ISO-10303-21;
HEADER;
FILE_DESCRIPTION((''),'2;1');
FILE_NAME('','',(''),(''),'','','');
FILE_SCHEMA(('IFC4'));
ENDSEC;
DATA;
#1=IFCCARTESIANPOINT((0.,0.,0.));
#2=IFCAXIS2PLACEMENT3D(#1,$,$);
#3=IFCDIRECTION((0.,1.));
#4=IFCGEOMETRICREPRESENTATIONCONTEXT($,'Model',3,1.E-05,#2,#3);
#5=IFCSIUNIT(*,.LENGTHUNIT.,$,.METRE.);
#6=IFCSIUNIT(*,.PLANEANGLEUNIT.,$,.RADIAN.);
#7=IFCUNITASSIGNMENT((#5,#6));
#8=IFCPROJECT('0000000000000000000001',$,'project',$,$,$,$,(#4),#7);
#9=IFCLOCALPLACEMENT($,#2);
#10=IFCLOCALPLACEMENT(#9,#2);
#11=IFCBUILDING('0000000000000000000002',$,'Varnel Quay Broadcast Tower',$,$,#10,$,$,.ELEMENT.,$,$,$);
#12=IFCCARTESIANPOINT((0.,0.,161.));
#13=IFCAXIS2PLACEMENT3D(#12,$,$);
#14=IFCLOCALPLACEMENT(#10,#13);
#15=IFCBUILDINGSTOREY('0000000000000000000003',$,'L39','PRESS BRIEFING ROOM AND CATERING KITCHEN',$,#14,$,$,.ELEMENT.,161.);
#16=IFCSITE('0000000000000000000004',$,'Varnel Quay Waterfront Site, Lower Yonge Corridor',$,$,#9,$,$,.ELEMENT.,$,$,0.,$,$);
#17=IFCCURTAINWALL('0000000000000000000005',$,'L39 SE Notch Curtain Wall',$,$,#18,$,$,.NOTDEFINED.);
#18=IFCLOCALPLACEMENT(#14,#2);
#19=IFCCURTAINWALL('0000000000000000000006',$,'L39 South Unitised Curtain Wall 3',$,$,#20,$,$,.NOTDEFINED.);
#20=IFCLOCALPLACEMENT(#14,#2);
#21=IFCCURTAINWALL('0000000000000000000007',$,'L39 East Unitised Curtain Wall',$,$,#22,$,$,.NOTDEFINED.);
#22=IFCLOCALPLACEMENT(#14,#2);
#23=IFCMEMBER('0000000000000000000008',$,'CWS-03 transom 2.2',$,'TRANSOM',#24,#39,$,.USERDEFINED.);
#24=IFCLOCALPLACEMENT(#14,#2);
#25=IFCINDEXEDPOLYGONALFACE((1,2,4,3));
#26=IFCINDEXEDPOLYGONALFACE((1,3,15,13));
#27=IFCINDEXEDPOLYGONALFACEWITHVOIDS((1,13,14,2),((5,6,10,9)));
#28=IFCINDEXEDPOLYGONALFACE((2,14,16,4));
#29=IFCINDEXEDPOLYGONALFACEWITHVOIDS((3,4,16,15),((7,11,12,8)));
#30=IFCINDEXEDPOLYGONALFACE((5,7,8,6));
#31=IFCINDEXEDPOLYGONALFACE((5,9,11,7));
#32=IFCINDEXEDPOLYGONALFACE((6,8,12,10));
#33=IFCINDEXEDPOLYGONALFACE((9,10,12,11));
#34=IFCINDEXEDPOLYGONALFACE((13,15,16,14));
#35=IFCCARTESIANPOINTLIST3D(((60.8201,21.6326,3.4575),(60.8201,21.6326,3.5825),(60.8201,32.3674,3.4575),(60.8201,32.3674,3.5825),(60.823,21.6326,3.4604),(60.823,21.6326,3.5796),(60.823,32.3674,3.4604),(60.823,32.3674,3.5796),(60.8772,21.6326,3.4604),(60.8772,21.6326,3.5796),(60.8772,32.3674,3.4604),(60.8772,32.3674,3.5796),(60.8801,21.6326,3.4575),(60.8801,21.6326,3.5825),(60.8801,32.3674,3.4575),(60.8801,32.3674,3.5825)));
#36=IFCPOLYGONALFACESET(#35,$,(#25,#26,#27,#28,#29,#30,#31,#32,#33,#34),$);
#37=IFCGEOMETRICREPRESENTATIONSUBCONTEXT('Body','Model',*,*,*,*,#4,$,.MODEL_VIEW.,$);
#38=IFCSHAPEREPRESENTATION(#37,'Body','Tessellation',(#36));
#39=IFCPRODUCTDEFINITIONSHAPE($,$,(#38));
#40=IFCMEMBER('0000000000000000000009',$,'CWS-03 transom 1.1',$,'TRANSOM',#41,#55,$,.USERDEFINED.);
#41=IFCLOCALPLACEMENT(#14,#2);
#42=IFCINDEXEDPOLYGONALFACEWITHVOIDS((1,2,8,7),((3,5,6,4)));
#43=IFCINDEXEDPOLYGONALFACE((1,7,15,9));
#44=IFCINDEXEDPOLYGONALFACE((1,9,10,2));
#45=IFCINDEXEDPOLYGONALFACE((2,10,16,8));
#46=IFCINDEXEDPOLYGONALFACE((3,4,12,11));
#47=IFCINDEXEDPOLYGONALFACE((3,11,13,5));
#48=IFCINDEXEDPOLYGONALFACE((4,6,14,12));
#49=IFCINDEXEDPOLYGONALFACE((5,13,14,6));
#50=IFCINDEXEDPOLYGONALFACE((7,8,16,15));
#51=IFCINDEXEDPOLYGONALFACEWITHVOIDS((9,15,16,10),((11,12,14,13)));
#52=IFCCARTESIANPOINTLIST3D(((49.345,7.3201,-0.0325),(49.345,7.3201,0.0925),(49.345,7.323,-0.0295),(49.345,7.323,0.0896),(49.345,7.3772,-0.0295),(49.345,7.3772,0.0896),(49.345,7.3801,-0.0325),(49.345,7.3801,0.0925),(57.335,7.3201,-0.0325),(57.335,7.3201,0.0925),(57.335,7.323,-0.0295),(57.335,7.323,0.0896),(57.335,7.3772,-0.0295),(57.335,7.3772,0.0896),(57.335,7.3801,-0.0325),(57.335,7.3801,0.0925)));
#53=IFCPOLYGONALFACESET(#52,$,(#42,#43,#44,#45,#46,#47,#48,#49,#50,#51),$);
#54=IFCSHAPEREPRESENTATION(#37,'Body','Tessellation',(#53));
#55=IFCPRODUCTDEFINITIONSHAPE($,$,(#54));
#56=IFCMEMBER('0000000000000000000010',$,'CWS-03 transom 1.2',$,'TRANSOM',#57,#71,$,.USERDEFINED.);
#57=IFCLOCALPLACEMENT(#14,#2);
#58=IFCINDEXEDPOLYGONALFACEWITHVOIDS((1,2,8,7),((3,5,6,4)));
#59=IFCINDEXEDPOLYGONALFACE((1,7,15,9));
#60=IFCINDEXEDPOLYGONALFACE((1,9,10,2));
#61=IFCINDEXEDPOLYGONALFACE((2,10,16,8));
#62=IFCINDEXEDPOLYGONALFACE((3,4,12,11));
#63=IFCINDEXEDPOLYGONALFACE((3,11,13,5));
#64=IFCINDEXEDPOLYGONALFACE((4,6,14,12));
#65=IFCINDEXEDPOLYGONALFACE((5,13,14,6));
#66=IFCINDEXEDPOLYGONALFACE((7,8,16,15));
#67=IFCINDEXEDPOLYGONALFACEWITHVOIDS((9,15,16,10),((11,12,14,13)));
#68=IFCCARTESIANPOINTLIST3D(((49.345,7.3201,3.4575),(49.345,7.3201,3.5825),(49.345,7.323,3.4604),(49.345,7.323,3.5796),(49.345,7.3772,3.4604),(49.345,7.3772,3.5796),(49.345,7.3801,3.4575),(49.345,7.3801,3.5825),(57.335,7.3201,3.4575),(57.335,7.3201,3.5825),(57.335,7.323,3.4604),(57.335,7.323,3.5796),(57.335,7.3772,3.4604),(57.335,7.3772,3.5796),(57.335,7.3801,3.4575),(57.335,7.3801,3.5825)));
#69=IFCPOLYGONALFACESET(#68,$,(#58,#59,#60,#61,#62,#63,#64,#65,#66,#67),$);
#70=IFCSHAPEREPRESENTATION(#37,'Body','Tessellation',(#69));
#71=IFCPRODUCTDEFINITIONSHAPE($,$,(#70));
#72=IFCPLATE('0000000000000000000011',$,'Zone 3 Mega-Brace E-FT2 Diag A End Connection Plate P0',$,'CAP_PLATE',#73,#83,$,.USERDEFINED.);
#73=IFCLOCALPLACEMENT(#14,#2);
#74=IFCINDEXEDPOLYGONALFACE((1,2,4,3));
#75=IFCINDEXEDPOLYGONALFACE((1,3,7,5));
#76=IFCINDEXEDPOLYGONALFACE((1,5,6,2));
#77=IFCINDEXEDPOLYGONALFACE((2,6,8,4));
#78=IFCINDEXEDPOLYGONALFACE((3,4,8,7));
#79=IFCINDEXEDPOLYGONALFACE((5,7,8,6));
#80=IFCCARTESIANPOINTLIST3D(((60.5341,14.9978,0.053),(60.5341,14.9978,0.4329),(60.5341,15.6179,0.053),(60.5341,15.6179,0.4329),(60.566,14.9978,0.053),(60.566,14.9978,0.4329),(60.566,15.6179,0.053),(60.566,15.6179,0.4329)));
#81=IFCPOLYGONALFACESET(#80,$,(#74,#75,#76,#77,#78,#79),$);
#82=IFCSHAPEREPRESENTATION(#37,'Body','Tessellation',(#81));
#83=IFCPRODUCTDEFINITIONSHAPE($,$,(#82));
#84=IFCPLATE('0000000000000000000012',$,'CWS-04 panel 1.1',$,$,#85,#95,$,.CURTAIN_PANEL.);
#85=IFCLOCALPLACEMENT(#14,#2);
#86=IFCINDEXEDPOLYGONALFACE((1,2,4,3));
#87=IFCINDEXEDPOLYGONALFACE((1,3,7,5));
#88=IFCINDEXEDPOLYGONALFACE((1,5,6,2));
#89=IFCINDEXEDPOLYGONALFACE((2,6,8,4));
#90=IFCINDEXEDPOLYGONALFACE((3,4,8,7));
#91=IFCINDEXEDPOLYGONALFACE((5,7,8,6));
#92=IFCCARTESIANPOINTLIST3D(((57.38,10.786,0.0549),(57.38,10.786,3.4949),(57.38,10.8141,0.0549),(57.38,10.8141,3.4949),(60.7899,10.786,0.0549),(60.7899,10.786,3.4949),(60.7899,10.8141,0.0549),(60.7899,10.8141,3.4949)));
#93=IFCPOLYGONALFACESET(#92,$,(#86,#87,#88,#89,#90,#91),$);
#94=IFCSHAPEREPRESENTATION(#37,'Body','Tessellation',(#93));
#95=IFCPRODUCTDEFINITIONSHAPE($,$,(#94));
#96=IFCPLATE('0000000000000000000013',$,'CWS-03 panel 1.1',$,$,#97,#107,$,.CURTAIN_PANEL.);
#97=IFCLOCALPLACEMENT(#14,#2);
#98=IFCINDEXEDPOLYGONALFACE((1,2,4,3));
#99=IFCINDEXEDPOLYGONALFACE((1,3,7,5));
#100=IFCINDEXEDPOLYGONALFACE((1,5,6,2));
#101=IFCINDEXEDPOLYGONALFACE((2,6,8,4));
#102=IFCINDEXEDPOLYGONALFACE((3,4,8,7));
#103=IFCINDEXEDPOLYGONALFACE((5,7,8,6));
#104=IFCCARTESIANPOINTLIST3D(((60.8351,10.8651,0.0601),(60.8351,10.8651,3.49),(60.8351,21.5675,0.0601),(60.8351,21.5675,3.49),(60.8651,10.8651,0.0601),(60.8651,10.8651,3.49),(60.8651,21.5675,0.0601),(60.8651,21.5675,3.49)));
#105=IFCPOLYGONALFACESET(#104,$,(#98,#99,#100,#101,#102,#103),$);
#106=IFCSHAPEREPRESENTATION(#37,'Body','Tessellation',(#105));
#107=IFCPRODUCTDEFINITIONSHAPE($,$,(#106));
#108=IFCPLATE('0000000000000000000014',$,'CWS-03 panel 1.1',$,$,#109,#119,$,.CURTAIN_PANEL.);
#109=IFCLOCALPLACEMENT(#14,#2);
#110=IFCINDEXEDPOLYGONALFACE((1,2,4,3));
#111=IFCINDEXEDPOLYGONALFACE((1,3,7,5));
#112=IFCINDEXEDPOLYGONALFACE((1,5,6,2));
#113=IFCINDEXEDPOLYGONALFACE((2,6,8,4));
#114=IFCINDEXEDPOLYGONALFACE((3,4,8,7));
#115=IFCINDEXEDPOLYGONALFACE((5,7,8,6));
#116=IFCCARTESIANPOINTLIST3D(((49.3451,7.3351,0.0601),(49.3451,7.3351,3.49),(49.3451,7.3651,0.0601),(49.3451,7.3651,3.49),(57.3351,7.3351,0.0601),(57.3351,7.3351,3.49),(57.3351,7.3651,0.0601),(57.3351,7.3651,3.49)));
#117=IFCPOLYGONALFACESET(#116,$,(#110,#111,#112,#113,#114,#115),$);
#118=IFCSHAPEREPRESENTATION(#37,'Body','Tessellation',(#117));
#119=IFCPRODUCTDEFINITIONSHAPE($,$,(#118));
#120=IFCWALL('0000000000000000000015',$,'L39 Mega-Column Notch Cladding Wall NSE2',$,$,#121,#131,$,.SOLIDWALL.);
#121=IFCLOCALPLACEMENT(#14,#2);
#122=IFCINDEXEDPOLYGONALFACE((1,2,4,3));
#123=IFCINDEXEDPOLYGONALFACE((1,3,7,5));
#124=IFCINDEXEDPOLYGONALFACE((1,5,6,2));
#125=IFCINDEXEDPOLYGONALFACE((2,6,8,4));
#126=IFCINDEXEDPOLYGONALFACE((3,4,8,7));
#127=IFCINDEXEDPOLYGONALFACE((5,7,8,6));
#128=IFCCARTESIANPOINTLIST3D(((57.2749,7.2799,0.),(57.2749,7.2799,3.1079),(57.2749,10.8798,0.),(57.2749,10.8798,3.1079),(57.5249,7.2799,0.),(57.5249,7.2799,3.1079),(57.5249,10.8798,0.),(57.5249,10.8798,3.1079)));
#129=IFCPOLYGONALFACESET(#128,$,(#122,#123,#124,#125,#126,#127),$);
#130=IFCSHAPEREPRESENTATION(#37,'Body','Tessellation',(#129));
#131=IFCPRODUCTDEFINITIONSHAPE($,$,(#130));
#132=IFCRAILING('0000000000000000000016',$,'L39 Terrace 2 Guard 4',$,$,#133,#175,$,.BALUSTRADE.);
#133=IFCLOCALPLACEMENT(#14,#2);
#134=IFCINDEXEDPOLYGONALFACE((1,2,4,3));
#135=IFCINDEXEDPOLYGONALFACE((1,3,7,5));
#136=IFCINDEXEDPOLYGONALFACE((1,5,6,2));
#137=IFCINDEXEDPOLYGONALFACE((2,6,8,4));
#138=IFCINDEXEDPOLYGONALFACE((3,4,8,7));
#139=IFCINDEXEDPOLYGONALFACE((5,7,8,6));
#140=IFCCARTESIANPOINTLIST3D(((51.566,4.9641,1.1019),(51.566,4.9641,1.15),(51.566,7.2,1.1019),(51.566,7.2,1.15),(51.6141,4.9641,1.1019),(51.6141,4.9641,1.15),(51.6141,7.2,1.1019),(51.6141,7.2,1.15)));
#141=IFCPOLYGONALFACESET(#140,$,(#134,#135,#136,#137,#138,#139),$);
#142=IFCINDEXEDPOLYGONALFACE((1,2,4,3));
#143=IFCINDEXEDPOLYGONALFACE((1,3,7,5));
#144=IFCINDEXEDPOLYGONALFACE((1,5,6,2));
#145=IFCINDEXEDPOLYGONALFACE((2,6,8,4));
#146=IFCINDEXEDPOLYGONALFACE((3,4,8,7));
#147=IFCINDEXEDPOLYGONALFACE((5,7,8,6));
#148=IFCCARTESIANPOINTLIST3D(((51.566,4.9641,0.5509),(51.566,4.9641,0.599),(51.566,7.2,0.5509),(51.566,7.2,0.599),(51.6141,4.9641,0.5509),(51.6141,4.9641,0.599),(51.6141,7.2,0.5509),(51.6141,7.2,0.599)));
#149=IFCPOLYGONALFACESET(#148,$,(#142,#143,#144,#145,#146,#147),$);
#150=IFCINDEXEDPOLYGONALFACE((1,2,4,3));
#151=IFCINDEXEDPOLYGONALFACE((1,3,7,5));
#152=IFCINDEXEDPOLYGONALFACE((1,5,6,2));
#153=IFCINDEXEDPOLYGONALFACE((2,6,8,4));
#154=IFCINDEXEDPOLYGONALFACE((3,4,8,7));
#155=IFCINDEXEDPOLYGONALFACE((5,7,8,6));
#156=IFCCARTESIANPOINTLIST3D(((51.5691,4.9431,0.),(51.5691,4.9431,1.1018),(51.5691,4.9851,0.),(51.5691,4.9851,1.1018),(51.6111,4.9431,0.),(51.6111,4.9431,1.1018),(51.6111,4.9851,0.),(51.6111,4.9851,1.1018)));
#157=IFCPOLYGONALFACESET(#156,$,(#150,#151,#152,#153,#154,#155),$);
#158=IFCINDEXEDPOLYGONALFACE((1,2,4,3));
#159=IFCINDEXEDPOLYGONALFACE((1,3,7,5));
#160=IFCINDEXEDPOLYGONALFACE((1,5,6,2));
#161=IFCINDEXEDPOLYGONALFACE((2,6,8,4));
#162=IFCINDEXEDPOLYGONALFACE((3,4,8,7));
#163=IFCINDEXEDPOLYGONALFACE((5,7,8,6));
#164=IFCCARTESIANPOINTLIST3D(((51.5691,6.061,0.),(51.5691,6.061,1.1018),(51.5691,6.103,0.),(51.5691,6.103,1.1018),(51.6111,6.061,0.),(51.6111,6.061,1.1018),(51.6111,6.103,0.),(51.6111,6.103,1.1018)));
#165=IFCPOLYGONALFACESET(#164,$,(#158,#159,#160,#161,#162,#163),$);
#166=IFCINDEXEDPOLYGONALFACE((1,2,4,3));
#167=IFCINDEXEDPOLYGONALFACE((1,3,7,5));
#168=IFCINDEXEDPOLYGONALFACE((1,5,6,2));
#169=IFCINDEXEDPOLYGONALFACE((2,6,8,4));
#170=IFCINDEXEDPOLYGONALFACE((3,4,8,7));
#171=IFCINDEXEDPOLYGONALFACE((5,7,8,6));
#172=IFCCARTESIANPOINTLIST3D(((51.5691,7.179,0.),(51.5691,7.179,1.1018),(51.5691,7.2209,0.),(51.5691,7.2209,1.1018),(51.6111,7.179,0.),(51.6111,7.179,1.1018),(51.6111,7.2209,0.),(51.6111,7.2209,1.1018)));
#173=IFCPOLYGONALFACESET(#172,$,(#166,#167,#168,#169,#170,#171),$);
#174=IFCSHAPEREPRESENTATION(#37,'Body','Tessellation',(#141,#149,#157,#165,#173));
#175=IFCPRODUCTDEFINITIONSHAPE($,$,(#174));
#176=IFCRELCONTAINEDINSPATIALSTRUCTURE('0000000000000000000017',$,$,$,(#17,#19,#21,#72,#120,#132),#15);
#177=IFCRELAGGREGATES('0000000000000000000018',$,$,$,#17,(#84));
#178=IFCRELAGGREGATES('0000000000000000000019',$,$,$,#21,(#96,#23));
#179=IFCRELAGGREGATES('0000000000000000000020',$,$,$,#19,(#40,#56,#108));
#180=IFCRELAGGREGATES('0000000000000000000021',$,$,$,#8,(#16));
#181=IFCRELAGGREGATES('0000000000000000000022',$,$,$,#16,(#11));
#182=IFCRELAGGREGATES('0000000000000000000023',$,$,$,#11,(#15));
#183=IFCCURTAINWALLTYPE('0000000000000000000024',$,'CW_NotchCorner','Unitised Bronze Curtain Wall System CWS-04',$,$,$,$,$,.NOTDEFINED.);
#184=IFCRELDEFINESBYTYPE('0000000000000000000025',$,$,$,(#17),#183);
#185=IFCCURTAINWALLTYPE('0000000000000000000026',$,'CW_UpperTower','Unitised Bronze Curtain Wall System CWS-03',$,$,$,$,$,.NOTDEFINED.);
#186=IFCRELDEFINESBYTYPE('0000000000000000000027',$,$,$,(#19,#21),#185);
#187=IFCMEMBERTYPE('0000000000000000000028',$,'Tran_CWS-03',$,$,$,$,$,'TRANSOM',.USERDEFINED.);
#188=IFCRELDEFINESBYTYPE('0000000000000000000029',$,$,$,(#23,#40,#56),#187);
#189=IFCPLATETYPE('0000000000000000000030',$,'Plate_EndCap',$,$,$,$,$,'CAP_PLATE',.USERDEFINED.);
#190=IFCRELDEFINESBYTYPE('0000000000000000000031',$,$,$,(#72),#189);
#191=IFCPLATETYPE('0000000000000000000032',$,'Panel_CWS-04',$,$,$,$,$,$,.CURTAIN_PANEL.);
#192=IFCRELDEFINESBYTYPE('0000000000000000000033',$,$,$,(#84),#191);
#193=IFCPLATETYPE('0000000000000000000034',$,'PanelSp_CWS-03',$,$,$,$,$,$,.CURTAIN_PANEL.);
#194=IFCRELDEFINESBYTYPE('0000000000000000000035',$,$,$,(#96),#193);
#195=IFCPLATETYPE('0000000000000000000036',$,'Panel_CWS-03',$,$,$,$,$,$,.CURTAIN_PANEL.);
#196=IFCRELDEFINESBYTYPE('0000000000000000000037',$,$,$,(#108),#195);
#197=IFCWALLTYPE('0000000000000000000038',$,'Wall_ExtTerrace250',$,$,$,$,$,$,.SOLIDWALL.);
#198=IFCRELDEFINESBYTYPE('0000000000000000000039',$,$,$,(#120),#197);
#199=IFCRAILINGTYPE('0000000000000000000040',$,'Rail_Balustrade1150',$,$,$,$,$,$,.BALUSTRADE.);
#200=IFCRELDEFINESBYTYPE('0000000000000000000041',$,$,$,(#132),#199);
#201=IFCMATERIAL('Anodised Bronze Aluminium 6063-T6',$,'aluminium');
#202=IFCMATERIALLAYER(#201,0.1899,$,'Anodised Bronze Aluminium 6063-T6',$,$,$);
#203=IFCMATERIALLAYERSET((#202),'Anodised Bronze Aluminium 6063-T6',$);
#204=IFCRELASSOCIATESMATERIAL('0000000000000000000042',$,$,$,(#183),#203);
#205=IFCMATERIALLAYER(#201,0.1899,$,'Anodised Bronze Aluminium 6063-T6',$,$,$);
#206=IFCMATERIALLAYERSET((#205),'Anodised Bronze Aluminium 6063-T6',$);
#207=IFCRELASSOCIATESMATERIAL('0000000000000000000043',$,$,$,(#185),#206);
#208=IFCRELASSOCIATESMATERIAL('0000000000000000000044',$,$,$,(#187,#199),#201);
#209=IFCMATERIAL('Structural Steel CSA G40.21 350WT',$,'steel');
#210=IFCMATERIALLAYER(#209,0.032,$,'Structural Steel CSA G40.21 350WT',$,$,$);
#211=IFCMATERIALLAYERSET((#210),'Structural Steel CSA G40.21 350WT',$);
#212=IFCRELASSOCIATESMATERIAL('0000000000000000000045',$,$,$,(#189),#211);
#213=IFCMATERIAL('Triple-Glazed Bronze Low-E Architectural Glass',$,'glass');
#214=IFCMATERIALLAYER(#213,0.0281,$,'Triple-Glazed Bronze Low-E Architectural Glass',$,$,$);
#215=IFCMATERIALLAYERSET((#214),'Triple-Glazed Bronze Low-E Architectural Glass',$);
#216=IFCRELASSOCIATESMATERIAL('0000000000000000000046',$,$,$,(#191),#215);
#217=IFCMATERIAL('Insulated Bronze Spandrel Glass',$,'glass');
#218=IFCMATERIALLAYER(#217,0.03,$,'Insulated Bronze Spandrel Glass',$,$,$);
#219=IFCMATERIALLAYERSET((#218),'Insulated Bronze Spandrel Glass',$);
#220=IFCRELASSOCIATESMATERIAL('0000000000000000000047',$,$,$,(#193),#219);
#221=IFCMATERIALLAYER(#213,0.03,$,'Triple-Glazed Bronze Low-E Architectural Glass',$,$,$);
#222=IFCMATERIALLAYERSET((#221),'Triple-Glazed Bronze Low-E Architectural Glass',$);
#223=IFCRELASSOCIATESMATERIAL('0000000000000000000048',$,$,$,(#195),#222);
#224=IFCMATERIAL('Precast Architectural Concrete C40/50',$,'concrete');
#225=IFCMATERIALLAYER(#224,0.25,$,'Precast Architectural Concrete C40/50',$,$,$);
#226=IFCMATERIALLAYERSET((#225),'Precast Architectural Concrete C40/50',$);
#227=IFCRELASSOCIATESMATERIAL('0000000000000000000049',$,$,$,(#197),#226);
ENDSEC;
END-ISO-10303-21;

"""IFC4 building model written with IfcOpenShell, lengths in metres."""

from ifc_helpers import new_model, si_unit, direction, frame, frame_2d, origin, origin_2d, place, context, subcontext, project, spatial, rectangle, hollow_rectangle, extrude, source, transform, mapped, material, layer, layer_set, material_profile, profile_set, type_object, type_shapes, element, aggregate, save


model = new_model("IFC4")

# Units and contexts
model_context = context("Model", 3, precision=1e-05, world=origin(), true_north=direction((0.0, 1.0)))
body_context = subcontext(model_context, "Body", "Model", "MODEL_VIEW")
ifc_project = project(units=[si_unit("LENGTHUNIT", "METRE"), si_unit("PLANEANGLEUNIT", "RADIAN")], contexts=[model_context])

# Site, building, storey
site_placement = place(None, origin())
site = spatial("IfcSite", under=ifc_project, at=site_placement, Name="Varnel Quay Waterfront Site, Lower Yonge Corridor", CompositionType="ELEMENT", RefElevation=0.0)
building_placement = place(site_placement, origin())
building = spatial("IfcBuilding", under=site, at=building_placement, Name="Varnel Quay Broadcast Tower", CompositionType="ELEMENT")
storey_placement = place(building_placement, frame((0.0, 0.0, 161.0)))
storey = spatial("IfcBuildingStorey", under=building, at=storey_placement, Name="L39", Description="PRESS BRIEFING ROOM AND CATERING KITCHEN", CompositionType="ELEMENT", Elevation=161.0)

# Shared definitions
ifc_material_1 = material(Name="Structural Steel CSA G40.21 350WT", Category="steel")

# Curtain walls, member
ifc_material_2 = material(Name="Anodised Bronze Aluminium 6063-T6", Category="aluminium")
ifc_layer_1 = layer(ifc_material_2, 0.1899, Name="Anodised Bronze Aluminium 6063-T6")
ifc_layer_set_1 = layer_set([ifc_layer_1], Name="Anodised Bronze Aluminium 6063-T6")
curtain_wall_type_1 = type_object("IfcCurtainWallType", Name="CW_NotchCorner", Description="Unitised Bronze Curtain Wall System CWS-04", PredefinedType="NOTDEFINED", material=ifc_layer_set_1)
curtain_wall_1_placement = place(storey_placement, origin())
curtain_wall_1 = element("IfcCurtainWall", 1, at=curtain_wall_1_placement, inside=storey, type_object=curtain_wall_type_1, Name="L39 SE Notch Curtain Wall", PredefinedType="NOTDEFINED")
ifc_layer_2 = layer(ifc_material_2, 0.1899, Name="Anodised Bronze Aluminium 6063-T6")
ifc_layer_set_2 = layer_set([ifc_layer_2], Name="Anodised Bronze Aluminium 6063-T6")
curtain_wall_type_2 = type_object("IfcCurtainWallType", Name="CW_UpperTower", Description="Unitised Bronze Curtain Wall System CWS-03", PredefinedType="NOTDEFINED", material=ifc_layer_set_2)
curtain_wall_2_placement = place(storey_placement, origin())
curtain_wall_2 = element("IfcCurtainWall", 2, at=curtain_wall_2_placement, inside=storey, type_object=curtain_wall_type_2, Name="L39 South Unitised Curtain Wall 3", PredefinedType="NOTDEFINED")
curtain_wall_3_placement = place(storey_placement, origin())
curtain_wall_3 = element("IfcCurtainWall", 3, at=curtain_wall_3_placement, inside=storey, type_object=curtain_wall_type_2, Name="L39 East Unitised Curtain Wall", PredefinedType="NOTDEFINED")
ifc_material_profile_1 = material_profile(ifc_material_2, hollow_rectangle(XDim=0.0601, YDim=0.125, WallThickness=0.0029, at=origin_2d()), Name="ALU60X125X3")
ifc_profile_set_1 = profile_set([ifc_material_profile_1], Name="Anodised Bronze Aluminium 6063-T6")
member_type_1 = type_object("IfcMemberType", Name="Tran_CWS-03", ElementType="TRANSOM", PredefinedType="USERDEFINED", material=ifc_profile_set_1)
shared_shape_1 = source(origin(), body_context, "Body", "SweptSolid", [
    extrude(hollow_rectangle(XDim=0.0601, YDim=0.125, WallThickness=0.0029, at=origin_2d()), origin(), (0.0, 0.0, 1.0), 10.7349),
])
member_1_placement = place(storey_placement, frame((60.8501, 21.6326, 3.52), z_axis=(0.0, 1.0, 0.0), x_axis=(-1.0, 0.0, 0.0)))
member_1 = element("IfcMember", 4, at=member_1_placement, type_object=member_type_1, Name="CWS-03 transom 2.2", ObjectType="TRANSOM", PredefinedType="USERDEFINED", context=body_context, shape_type="MappedRepresentation", body=[
    mapped(shared_shape_1, transform((0.0, 0.0, 0.0), x_axis=(1.0, 0.0, 0.0), y_axis=(0.0, 1.0, 0.0), z_axis=(0.0, 0.0, 1.0), scale=1.0)),
])

# Members
shared_shape_2 = source(origin(), body_context, "Body", "SweptSolid", [
    extrude(hollow_rectangle(XDim=0.0601, YDim=0.125, WallThickness=0.0029, at=origin_2d()), origin(), (0.0, 0.0, 1.0), 7.99),
])
member_2_placement = place(storey_placement, frame((49.345, 7.3501, 0.03), z_axis=(1.0, 0.0, 0.0), x_axis=(0.0, 1.0, 0.0)))
member_2 = element("IfcMember", 5, at=member_2_placement, type_object=member_type_1, Name="CWS-03 transom 1.1", ObjectType="TRANSOM", PredefinedType="USERDEFINED", context=body_context, shape_type="MappedRepresentation", body=[
    mapped(shared_shape_2, transform((0.0, 0.0, 0.0), x_axis=(1.0, 0.0, 0.0), y_axis=(0.0, 1.0, 0.0), z_axis=(0.0, 0.0, 1.0), scale=1.0)),
])
member_3_placement = place(storey_placement, frame((49.345, 7.3501, 3.52), z_axis=(1.0, 0.0, 0.0), x_axis=(0.0, 1.0, 0.0)))
member_3 = element("IfcMember", 6, at=member_3_placement, type_object=member_type_1, Name="CWS-03 transom 1.2", ObjectType="TRANSOM", PredefinedType="USERDEFINED", context=body_context, shape_type="MappedRepresentation", body=[
    mapped(shared_shape_2, transform((0.0, 0.0, 0.0), x_axis=(1.0, 0.0, 0.0), y_axis=(0.0, 1.0, 0.0), z_axis=(0.0, 0.0, 1.0), scale=1.0)),
])

# Plates
ifc_layer_3 = layer(ifc_material_1, 0.032, Name="Structural Steel CSA G40.21 350WT")
ifc_layer_set_3 = layer_set([ifc_layer_3], Name="Structural Steel CSA G40.21 350WT")
plate_type_1 = type_object("IfcPlateType", Name="Plate_EndCap", ElementType="CAP_PLATE", PredefinedType="USERDEFINED", material=ifc_layer_set_3)
shared_shape_3 = source(origin(), body_context, "Body", "SweptSolid", [
    extrude(rectangle(XDim=0.6201, YDim=0.032, at=origin_2d()), origin(), (0.0, 0.0, 1.0), 0.3799),
])
type_shapes(plate_type_1, [shared_shape_3])
plate_1_placement = place(storey_placement, frame((60.55, 15.3079, 0.053), z_axis=(0.0, 0.0, 1.0), x_axis=(0.0, 1.0, 0.0)))
element("IfcPlate", 7, at=plate_1_placement, inside=storey, type_object=plate_type_1, Name="Zone 3 Mega-Brace E-FT2 Diag A End Connection Plate P0", ObjectType="CAP_PLATE", PredefinedType="USERDEFINED", context=body_context, shape_type="MappedRepresentation", body=[
    mapped(shared_shape_3, transform((0.0, 0.0, 0.0), x_axis=(1.0, 0.0, 0.0), y_axis=(0.0, 1.0, 0.0), z_axis=(0.0, 0.0, 1.0), scale=1.0)),
])
ifc_material_3 = material(Name="Triple-Glazed Bronze Low-E Architectural Glass", Category="glass")
ifc_layer_4 = layer(ifc_material_3, 0.0281, Name="Triple-Glazed Bronze Low-E Architectural Glass")
ifc_layer_set_4 = layer_set([ifc_layer_4], Name="Triple-Glazed Bronze Low-E Architectural Glass")
plate_type_2 = type_object("IfcPlateType", Name="Panel_CWS-04", PredefinedType="CURTAIN_PANEL", material=ifc_layer_set_4)
shared_shape_4 = source(origin(), body_context, "Body", "SweptSolid", [
    extrude(rectangle(XDim=3.4099, YDim=0.0281, at=origin_2d()), origin(), (0.0, 0.0, 1.0), 3.4399),
])
type_shapes(plate_type_2, [shared_shape_4])
plate_2_placement = place(storey_placement, frame((59.085, 10.8, 0.0549), z_axis=(0.0, 0.0, 1.0), x_axis=(1.0, 0.0, 0.0)))
plate_2 = element("IfcPlate", 8, at=plate_2_placement, type_object=plate_type_2, Name="CWS-04 panel 1.1", PredefinedType="CURTAIN_PANEL", context=body_context, shape_type="MappedRepresentation", body=[
    mapped(shared_shape_4, transform((0.0, 0.0, 0.0), x_axis=(1.0, 0.0, 0.0), y_axis=(0.0, 1.0, 0.0), z_axis=(0.0, 0.0, 1.0), scale=1.0)),
])
aggregate(curtain_wall_1, [plate_2])
ifc_material_4 = material(Name="Insulated Bronze Spandrel Glass", Category="glass")
ifc_layer_5 = layer(ifc_material_4, 0.03, Name="Insulated Bronze Spandrel Glass")
ifc_layer_set_5 = layer_set([ifc_layer_5], Name="Insulated Bronze Spandrel Glass")
plate_type_3 = type_object("IfcPlateType", Name="PanelSp_CWS-03", PredefinedType="CURTAIN_PANEL", material=ifc_layer_set_5)
shared_shape_5 = source(origin(), body_context, "Body", "SweptSolid", [
    extrude(rectangle(XDim=10.7024, YDim=0.03, at=origin_2d()), origin(), (0.0, 0.0, 1.0), 3.4299),
])
type_shapes(plate_type_3, [shared_shape_5])
plate_3_placement = place(storey_placement, frame((60.8501, 16.2163, 0.0601), z_axis=(0.0, 0.0, 1.0), x_axis=(0.0, 1.0, 0.0)))
plate_3 = element("IfcPlate", 9, at=plate_3_placement, type_object=plate_type_3, Name="CWS-03 panel 1.1", PredefinedType="CURTAIN_PANEL", context=body_context, shape_type="MappedRepresentation", body=[
    mapped(shared_shape_5, transform((0.0, 0.0, 0.0), x_axis=(1.0, 0.0, 0.0), y_axis=(0.0, 1.0, 0.0), z_axis=(0.0, 0.0, 1.0), scale=1.0)),
])
aggregate(curtain_wall_3, [plate_3, member_1])
ifc_layer_6 = layer(ifc_material_3, 0.03, Name="Triple-Glazed Bronze Low-E Architectural Glass")
ifc_layer_set_6 = layer_set([ifc_layer_6], Name="Triple-Glazed Bronze Low-E Architectural Glass")
plate_type_4 = type_object("IfcPlateType", Name="Panel_CWS-03", PredefinedType="CURTAIN_PANEL", material=ifc_layer_set_6)
shared_shape_6 = source(origin(), body_context, "Body", "SweptSolid", [
    extrude(rectangle(XDim=7.99, YDim=0.03, at=origin_2d()), origin(), (0.0, 0.0, 1.0), 3.4299),
])
type_shapes(plate_type_4, [shared_shape_6])
plate_4_placement = place(storey_placement, frame((53.3401, 7.3501, 0.0601), z_axis=(0.0, 0.0, 1.0), x_axis=(1.0, 0.0, 0.0)))
plate_4 = element("IfcPlate", 10, at=plate_4_placement, type_object=plate_type_4, Name="CWS-03 panel 1.1", PredefinedType="CURTAIN_PANEL", context=body_context, shape_type="MappedRepresentation", body=[
    mapped(shared_shape_6, transform((0.0, 0.0, 0.0), x_axis=(1.0, 0.0, 0.0), y_axis=(0.0, 1.0, 0.0), z_axis=(0.0, 0.0, 1.0), scale=1.0)),
])
aggregate(curtain_wall_2, [member_2, member_3, plate_4])

# Wall
ifc_material_5 = material(Name="Precast Architectural Concrete C40/50", Category="concrete")
ifc_layer_7 = layer(ifc_material_5, 0.25, Name="Precast Architectural Concrete C40/50")
ifc_layer_set_7 = layer_set([ifc_layer_7], Name="Precast Architectural Concrete C40/50")
wall_type = type_object("IfcWallType", Name="Wall_ExtTerrace250", PredefinedType="SOLIDWALL", material=ifc_layer_set_7)
wall_placement = place(storey_placement, frame((57.3999, 7.28, 0.0), z_axis=(0.0, 0.0, 1.0), x_axis=(0.0, 1.0, 0.0)))
element("IfcWall", 11, at=wall_placement, inside=storey, type_object=wall_type, Name="L39 Mega-Column Notch Cladding Wall NSE2", PredefinedType="SOLIDWALL", context=body_context, shape_type="SweptSolid", body=[
    extrude(rectangle(XDim=3.5999, YDim=0.25, at=frame_2d((1.7998, 0.0))), origin(), (0.0, 0.0, 1.0), 3.1079),
])

# Railing
railing_type = type_object("IfcRailingType", Name="Rail_Balustrade1150", PredefinedType="BALUSTRADE", material=ifc_material_2)
railing_placement = place(storey_placement, frame((51.5901, 4.9641, 0.0)))
element("IfcRailing", 12, at=railing_placement, inside=storey, type_object=railing_type, Name="L39 Terrace 2 Guard 4", PredefinedType="BALUSTRADE", context=body_context, shape_type="SweptSolid", body=[
    extrude(rectangle(XDim=0.0481, YDim=0.0481, at=origin_2d()), frame((0.0, 0.0, 1.126), z_axis=(0.0, 1.0, 0.0), x_axis=(-1.0, 0.0, 0.0)), (0.0, 0.0, 1.0), 2.2358),
    extrude(rectangle(XDim=0.0481, YDim=0.0481, at=origin_2d()), frame((0.0, 0.0, 0.575), z_axis=(0.0, 1.0, 0.0), x_axis=(-1.0, 0.0, 0.0)), (0.0, 0.0, 1.0), 2.2358),
    extrude(rectangle(XDim=0.042, YDim=0.042, at=origin_2d()), origin(), (0.0, 0.0, 1.0), 1.1018),
    extrude(rectangle(XDim=0.042, YDim=0.042, at=origin_2d()), frame((0.0, 1.1179, 0.0)), (0.0, 0.0, 1.0), 1.1018),
    extrude(rectangle(XDim=0.042, YDim=0.042, at=origin_2d()), frame((0.0, 2.2358, 0.0)), (0.0, 0.0, 1.0), 1.1018),
])

save(model, "model.ifc")
